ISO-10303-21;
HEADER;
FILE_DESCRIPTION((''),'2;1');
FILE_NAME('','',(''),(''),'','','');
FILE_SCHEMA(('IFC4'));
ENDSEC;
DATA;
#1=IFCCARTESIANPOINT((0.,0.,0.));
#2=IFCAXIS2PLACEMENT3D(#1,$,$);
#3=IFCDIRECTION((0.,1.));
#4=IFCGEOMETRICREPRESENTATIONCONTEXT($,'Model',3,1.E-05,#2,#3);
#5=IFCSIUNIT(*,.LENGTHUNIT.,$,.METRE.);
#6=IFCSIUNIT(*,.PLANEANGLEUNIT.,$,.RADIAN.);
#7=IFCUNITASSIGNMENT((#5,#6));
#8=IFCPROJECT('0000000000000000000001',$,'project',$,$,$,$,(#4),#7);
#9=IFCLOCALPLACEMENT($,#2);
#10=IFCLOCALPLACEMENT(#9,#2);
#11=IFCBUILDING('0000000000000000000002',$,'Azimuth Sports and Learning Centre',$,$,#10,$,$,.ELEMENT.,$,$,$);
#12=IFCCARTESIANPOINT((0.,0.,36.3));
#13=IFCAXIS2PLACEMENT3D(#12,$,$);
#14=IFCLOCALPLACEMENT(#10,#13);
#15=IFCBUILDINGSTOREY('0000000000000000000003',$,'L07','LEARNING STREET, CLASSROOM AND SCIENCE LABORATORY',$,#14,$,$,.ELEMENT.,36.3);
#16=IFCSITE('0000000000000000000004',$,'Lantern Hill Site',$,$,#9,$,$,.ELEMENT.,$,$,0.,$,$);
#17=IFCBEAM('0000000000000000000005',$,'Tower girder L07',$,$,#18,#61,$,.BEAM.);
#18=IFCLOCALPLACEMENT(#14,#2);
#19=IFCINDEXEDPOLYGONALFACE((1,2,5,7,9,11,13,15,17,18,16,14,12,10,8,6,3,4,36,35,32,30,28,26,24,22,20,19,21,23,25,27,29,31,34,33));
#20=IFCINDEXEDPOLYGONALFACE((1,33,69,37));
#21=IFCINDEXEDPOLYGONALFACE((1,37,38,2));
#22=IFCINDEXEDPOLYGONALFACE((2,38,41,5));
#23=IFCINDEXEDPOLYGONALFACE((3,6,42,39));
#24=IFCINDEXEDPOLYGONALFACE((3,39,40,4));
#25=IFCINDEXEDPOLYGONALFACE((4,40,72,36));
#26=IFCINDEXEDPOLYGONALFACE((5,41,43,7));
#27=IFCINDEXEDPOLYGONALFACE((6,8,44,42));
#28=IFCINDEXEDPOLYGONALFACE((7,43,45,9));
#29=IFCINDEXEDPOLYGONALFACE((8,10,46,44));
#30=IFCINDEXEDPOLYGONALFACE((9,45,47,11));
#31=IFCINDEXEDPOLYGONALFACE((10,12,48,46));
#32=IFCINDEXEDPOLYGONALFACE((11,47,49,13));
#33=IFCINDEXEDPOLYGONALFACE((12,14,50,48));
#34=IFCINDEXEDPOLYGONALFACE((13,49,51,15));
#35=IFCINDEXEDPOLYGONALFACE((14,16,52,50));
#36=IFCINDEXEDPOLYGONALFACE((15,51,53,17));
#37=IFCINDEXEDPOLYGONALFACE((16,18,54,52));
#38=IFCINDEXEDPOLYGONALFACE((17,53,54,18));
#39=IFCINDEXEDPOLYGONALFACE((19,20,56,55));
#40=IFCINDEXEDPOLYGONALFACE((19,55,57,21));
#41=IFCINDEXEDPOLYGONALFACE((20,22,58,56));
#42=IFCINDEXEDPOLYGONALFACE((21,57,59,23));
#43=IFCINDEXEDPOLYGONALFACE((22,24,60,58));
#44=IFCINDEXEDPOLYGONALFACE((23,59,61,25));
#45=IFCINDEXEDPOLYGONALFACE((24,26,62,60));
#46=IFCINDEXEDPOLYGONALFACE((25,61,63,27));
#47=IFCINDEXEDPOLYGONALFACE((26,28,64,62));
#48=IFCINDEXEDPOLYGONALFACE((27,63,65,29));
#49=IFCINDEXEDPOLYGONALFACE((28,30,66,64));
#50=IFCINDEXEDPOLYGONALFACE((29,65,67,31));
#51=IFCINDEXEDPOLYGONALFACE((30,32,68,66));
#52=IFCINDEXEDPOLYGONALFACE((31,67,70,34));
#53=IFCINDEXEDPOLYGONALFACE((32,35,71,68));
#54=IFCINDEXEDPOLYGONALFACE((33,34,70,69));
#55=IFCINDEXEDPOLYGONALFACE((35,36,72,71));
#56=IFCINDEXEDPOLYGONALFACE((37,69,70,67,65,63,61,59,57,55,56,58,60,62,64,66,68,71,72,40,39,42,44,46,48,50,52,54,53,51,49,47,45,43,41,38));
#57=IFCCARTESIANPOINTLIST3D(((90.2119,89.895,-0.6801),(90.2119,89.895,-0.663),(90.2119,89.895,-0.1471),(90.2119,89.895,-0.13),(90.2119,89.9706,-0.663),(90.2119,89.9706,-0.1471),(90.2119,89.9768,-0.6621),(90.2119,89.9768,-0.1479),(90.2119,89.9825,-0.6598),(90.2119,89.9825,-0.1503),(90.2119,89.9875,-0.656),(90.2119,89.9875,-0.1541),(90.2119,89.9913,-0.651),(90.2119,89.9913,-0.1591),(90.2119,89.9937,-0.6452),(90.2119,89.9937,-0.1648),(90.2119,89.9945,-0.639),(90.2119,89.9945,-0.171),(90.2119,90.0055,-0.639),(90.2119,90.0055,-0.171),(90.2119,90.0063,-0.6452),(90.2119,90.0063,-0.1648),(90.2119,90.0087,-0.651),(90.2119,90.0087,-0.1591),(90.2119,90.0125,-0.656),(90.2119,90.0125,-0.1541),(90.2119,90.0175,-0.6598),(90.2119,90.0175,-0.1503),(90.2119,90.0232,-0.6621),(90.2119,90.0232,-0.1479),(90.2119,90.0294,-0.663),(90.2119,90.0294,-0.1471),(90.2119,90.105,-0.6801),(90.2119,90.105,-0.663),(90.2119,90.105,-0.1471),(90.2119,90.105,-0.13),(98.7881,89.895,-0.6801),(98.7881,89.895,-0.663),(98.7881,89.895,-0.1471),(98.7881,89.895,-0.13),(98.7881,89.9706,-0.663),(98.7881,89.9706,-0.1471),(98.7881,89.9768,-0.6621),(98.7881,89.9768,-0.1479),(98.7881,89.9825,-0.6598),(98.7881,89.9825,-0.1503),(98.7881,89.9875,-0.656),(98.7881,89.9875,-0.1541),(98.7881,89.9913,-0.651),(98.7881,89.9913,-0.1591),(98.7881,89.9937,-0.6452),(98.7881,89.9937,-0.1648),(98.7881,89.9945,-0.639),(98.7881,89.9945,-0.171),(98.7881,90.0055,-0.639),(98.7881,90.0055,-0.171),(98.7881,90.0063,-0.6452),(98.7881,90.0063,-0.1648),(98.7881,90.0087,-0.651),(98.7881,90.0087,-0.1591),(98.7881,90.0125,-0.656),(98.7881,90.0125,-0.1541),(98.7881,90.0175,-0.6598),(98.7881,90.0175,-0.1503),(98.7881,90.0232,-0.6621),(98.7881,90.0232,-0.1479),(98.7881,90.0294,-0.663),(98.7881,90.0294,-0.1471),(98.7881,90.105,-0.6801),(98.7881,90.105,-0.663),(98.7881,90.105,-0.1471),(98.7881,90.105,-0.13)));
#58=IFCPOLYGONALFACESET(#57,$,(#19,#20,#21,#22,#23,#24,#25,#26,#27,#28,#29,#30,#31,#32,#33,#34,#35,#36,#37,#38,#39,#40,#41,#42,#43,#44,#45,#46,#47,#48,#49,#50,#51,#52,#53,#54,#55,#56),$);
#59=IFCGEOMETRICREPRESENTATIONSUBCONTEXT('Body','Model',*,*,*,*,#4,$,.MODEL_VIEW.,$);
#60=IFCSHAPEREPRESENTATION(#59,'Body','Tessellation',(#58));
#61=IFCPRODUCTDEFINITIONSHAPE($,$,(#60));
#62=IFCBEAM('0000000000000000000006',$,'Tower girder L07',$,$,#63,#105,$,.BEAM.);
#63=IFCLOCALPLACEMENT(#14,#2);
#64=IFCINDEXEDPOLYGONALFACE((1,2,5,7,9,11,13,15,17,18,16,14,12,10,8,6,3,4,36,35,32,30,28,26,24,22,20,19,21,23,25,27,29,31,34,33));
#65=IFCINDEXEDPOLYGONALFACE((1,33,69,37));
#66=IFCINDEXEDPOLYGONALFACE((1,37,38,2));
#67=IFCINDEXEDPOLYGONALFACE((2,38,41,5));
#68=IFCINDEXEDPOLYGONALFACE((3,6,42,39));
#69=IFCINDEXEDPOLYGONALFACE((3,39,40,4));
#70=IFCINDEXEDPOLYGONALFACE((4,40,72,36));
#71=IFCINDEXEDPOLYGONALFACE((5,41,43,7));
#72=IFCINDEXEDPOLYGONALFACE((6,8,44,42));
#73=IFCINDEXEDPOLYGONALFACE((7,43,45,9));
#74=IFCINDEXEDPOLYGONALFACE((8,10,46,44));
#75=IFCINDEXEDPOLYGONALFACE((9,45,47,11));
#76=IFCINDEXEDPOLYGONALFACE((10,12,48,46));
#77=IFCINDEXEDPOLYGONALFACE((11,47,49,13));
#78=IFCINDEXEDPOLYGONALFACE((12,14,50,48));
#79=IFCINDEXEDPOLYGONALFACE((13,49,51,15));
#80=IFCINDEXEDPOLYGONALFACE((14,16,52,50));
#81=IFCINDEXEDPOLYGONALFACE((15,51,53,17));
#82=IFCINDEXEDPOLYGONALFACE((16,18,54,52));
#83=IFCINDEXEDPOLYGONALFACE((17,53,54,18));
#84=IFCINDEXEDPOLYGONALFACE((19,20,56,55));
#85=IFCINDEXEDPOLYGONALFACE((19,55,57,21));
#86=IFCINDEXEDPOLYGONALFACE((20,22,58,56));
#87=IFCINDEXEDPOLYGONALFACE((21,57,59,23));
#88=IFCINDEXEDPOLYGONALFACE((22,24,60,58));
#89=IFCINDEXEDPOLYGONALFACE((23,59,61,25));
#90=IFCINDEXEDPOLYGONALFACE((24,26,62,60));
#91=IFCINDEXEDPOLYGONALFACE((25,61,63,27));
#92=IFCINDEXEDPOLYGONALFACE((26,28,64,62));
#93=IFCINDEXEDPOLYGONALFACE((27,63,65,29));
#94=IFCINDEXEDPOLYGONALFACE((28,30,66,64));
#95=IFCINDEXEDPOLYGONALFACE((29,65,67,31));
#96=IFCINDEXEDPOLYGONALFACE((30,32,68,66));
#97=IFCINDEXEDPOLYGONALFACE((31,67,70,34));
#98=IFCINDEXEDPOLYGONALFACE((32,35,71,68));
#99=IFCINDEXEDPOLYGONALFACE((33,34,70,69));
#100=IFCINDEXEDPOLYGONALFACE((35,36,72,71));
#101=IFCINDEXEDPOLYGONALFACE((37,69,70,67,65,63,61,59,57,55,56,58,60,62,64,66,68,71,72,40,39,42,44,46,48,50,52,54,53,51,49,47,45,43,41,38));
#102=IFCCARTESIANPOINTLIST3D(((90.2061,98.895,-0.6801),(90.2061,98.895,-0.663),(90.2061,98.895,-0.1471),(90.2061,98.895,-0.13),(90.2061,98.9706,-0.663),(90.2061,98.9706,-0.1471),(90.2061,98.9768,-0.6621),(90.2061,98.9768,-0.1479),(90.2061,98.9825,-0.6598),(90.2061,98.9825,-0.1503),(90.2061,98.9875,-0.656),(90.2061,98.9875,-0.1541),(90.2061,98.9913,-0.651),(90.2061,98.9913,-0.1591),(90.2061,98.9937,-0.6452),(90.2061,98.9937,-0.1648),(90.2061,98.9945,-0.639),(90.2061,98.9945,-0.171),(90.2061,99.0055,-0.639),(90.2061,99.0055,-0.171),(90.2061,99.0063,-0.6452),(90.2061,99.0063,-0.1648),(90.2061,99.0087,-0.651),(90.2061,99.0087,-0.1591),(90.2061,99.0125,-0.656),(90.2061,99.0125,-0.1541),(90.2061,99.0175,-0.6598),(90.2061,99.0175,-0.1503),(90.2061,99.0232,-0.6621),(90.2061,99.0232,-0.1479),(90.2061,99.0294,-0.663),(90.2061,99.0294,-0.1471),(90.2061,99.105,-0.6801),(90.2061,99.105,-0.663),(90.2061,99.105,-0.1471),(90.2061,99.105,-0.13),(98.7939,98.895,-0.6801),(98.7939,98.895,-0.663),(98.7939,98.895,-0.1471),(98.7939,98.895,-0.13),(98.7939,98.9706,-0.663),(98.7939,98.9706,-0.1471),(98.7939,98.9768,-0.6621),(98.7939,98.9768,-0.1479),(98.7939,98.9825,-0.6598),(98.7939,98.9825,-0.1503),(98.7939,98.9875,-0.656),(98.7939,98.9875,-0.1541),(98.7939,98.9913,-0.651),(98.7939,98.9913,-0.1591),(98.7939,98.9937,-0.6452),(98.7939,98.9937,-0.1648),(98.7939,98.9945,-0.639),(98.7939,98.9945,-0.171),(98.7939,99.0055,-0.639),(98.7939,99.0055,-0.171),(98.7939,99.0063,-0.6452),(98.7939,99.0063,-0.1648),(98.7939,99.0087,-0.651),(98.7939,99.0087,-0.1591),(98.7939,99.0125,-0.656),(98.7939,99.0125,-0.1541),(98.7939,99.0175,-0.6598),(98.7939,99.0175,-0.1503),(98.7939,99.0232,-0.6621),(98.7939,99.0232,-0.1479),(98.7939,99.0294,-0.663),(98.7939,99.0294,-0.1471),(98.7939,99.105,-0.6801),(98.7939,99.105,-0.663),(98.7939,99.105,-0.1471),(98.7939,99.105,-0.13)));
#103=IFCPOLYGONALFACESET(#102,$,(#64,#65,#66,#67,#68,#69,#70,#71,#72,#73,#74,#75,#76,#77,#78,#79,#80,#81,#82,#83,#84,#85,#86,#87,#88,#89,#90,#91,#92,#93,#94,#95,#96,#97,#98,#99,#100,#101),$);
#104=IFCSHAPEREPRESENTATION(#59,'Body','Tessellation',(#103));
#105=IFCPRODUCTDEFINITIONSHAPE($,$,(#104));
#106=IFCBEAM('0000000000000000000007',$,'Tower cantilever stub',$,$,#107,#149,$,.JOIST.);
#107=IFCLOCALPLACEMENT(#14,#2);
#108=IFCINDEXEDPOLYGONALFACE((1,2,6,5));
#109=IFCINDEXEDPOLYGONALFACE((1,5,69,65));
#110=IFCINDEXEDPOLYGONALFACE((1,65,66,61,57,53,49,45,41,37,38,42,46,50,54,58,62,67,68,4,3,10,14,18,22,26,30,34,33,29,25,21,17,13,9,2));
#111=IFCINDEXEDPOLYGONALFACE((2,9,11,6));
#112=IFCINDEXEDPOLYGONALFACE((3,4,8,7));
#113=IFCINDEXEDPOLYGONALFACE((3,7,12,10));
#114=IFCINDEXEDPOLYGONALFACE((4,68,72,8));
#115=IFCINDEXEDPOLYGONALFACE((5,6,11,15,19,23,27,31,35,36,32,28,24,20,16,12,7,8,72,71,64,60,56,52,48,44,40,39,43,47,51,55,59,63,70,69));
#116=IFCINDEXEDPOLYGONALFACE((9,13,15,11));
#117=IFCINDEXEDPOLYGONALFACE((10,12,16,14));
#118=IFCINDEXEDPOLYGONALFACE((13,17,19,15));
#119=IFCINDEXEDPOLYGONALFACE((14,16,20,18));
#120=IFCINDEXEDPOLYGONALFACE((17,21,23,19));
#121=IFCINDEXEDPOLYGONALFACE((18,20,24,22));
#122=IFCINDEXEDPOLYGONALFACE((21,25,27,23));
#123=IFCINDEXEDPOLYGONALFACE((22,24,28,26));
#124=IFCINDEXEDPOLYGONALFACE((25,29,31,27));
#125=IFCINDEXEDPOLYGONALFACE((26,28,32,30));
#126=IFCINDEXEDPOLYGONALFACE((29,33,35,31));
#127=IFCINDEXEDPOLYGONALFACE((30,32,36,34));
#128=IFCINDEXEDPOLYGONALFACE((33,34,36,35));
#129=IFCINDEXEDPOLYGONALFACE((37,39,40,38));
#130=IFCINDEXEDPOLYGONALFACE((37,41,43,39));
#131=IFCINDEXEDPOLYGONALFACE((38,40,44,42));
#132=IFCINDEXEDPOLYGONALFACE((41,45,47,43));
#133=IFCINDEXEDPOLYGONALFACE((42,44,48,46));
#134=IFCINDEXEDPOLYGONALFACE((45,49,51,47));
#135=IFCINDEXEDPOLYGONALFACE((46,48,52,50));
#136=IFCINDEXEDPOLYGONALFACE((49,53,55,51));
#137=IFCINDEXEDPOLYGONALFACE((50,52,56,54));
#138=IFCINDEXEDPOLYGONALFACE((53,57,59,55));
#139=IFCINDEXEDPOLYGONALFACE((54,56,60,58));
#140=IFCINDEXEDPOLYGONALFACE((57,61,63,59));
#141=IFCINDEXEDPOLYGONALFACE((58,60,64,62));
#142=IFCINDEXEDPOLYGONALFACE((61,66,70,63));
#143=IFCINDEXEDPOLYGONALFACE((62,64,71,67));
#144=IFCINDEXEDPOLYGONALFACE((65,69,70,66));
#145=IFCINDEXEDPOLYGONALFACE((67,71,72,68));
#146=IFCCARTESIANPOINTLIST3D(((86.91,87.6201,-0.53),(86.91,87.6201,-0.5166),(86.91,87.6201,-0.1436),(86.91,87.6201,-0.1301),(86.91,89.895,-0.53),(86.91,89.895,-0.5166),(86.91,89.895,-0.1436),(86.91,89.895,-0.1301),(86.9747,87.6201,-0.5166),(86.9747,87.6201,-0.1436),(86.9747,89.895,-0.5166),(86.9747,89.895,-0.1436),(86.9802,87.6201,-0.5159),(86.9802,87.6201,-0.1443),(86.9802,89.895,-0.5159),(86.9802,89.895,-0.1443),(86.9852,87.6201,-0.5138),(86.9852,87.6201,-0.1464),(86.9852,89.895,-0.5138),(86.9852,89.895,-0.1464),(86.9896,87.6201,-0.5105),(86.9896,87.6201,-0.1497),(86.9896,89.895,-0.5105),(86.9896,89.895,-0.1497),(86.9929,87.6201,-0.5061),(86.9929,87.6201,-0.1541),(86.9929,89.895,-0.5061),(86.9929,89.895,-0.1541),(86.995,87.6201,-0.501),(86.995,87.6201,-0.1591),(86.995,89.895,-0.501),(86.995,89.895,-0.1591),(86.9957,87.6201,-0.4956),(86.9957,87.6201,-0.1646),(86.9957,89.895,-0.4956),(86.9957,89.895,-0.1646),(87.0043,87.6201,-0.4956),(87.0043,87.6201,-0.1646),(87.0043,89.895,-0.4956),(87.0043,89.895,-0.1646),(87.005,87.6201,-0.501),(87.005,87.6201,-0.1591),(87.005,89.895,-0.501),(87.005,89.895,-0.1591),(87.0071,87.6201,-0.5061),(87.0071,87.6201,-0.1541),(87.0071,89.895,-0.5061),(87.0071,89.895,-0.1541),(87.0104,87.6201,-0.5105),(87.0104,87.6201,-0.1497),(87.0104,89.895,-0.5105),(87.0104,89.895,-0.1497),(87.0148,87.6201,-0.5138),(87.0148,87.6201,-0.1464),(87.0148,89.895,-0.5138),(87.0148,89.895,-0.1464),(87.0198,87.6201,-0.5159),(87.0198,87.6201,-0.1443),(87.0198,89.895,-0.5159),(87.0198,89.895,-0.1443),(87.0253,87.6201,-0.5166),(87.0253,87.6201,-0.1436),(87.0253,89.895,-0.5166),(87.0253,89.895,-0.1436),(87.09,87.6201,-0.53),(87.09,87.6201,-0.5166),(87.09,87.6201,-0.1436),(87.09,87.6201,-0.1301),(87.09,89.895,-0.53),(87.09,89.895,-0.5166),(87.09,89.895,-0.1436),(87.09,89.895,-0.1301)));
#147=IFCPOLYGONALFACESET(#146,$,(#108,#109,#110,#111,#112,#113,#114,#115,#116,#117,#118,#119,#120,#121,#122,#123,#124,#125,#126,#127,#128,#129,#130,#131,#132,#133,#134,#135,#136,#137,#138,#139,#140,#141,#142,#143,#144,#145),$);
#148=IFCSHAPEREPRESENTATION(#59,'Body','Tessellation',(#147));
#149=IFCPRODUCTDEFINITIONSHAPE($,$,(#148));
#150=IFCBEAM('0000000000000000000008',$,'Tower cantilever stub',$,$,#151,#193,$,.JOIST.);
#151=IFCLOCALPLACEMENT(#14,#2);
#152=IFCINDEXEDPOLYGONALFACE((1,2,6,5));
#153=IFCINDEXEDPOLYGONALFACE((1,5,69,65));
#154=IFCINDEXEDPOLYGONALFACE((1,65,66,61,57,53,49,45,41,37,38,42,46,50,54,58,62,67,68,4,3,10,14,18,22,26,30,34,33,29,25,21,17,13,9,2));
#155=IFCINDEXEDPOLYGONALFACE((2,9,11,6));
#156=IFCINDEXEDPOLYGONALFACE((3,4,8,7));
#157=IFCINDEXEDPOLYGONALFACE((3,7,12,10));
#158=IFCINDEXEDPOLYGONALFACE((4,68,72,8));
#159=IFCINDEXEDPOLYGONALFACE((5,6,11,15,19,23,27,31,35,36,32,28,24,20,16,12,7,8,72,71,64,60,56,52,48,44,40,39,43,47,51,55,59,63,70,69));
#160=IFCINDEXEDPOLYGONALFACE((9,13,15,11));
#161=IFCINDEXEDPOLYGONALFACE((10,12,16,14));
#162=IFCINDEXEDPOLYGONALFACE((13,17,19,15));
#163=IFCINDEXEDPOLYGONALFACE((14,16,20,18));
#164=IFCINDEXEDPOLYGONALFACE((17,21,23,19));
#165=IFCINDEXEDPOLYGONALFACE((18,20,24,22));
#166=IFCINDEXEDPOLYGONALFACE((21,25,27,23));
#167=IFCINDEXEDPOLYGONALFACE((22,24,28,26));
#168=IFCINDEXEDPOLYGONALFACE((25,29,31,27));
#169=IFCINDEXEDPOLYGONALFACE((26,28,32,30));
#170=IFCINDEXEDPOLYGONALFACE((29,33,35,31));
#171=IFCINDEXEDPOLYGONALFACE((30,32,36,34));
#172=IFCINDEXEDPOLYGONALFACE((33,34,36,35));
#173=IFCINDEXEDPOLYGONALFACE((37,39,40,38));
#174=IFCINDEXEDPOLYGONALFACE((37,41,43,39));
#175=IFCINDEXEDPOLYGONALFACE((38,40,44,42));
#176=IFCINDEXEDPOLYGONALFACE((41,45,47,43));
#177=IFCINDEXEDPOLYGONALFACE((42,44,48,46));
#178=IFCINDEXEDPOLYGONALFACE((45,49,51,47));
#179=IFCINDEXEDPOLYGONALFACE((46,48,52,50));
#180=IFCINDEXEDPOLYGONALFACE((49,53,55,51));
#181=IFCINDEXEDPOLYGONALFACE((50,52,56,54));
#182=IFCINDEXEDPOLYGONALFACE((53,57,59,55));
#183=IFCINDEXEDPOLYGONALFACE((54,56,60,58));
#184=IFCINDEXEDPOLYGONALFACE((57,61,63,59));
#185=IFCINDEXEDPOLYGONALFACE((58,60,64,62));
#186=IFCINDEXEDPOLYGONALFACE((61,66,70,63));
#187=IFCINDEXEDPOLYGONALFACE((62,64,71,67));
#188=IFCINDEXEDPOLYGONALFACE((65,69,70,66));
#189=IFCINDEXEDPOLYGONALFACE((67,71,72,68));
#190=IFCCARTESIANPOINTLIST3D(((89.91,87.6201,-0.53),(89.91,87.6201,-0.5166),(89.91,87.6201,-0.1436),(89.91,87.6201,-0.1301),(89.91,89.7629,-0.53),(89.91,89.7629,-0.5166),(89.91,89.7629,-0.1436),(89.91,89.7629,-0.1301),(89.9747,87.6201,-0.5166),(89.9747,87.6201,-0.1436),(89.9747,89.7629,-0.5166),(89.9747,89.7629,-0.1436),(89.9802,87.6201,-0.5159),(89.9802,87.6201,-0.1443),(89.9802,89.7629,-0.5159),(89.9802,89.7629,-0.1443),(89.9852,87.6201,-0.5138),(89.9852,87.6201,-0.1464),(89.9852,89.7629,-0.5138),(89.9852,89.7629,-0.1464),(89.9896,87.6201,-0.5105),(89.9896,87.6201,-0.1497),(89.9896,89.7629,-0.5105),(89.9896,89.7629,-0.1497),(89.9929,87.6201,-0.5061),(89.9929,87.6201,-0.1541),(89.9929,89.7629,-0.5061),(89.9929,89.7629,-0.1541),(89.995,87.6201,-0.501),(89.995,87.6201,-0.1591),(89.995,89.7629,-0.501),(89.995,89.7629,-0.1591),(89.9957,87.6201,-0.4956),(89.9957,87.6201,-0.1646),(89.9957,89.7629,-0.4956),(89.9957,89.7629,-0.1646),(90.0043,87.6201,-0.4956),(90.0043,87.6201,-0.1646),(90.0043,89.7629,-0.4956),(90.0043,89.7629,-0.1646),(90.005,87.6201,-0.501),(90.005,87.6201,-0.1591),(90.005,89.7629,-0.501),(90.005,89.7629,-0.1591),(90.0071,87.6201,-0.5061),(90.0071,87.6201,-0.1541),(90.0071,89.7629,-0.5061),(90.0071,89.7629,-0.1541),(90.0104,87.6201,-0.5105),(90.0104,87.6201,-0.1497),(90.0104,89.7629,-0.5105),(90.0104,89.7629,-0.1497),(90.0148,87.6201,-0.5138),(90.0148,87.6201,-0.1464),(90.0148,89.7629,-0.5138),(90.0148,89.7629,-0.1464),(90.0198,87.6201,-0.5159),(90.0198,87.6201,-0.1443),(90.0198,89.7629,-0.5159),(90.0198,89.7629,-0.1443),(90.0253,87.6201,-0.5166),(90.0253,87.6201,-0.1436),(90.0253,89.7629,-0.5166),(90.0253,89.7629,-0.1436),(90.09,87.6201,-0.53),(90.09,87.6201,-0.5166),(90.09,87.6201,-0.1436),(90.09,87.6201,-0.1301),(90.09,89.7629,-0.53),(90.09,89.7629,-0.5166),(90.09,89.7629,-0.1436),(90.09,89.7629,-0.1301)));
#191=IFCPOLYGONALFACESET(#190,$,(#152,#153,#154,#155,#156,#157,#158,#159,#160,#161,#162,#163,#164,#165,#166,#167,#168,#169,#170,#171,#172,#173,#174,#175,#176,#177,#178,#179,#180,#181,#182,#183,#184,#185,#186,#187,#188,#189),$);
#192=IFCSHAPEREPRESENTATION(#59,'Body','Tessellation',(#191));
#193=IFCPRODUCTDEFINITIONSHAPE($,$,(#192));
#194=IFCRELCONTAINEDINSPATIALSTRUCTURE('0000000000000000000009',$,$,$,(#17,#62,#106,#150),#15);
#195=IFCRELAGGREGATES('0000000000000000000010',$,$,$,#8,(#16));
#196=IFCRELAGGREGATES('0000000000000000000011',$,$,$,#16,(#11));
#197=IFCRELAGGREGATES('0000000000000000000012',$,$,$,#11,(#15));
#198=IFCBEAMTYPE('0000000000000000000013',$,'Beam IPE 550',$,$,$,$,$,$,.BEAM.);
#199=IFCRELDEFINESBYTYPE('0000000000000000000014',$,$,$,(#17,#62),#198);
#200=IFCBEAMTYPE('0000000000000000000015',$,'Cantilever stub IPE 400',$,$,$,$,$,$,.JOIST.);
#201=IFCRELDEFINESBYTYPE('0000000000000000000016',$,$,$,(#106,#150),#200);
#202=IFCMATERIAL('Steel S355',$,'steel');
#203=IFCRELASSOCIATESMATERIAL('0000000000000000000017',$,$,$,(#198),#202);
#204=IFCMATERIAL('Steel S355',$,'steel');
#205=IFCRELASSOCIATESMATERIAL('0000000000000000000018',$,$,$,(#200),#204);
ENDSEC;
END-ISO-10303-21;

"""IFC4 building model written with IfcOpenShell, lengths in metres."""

from ifc_helpers import new_model, si_unit, direction, frame, origin, origin_2d, place, context, subcontext, project, spatial, i_section, extrude, material, material_profile, profile_set, type_object, element, save


model = new_model("IFC4")

# Units and contexts
model_context = context("Model", 3, precision=1e-05, world=origin(), true_north=direction((0.0, 1.0)))
body_context = subcontext(model_context, "Body", "Model", "MODEL_VIEW")
ifc_project = project(units=[si_unit("LENGTHUNIT", "METRE"), si_unit("PLANEANGLEUNIT", "RADIAN")], contexts=[model_context])

# Site, building, storey
site_placement = place(None, origin())
site = spatial("IfcSite", under=ifc_project, at=site_placement, Name="Lantern Hill Site", CompositionType="ELEMENT", RefElevation=0.0)
building_placement = place(site_placement, origin())
building = spatial("IfcBuilding", under=site, at=building_placement, Name="Azimuth Sports and Learning Centre", CompositionType="ELEMENT")
storey_placement = place(building_placement, frame((0.0, 0.0, 36.3)))
storey = spatial("IfcBuildingStorey", under=building, at=storey_placement, Name="L07", Description="LEARNING STREET, CLASSROOM AND SCIENCE LABORATORY", CompositionType="ELEMENT", Elevation=36.3)

# Beams
ifc_material_1 = material(Name="Steel S355", Category="steel")
ifc_material_profile_1 = material_profile(ifc_material_1, i_section(OverallWidth=0.21, OverallDepth=0.55, WebThickness=0.011, FlangeThickness=0.0171, FilletRadius=0.0239, at=origin_2d()), Name="IPE 550")
ifc_profile_set_1 = profile_set([ifc_material_profile_1], Name="Steel S355")
beam_type_1 = type_object("IfcBeamType", Name="Beam IPE 550", PredefinedType="BEAM", material=ifc_profile_set_1)
beam_1_placement = place(storey_placement, frame((90.2119, 90.0, -0.405), z_axis=(1.0, 0.0, 0.0), x_axis=(0.0, 1.0, 0.0)))
element("IfcBeam", 1, at=beam_1_placement, inside=storey, type_object=beam_type_1, Name="Tower girder L07", PredefinedType="BEAM", context=body_context, shape_type="SweptSolid", body=[
    extrude(i_section(OverallWidth=0.21, OverallDepth=0.55, WebThickness=0.011, FlangeThickness=0.0171, FilletRadius=0.0239, at=origin_2d()), origin(), (0.0, 0.0, 1.0), 8.5762),
])
beam_2_placement = place(storey_placement, frame((90.2061, 99.0, -0.405), z_axis=(1.0, 0.0, 0.0), x_axis=(0.0, 1.0, 0.0)))
element("IfcBeam", 2, at=beam_2_placement, inside=storey, type_object=beam_type_1, Name="Tower girder L07", PredefinedType="BEAM", context=body_context, shape_type="SweptSolid", body=[
    extrude(i_section(OverallWidth=0.21, OverallDepth=0.55, WebThickness=0.011, FlangeThickness=0.0171, FilletRadius=0.0239, at=origin_2d()), origin(), (0.0, 0.0, 1.0), 8.5879),
])
ifc_material_2 = material(Name="Steel S355", Category="steel")
ifc_material_profile_2 = material_profile(ifc_material_2, i_section(OverallWidth=0.1799, OverallDepth=0.3999, WebThickness=0.0085, FlangeThickness=0.0134, FilletRadius=0.021, at=origin_2d()), Name="IPE 400")
ifc_profile_set_2 = profile_set([ifc_material_profile_2], Name="Steel S355")
beam_type_2 = type_object("IfcBeamType", Name="Cantilever stub IPE 400", PredefinedType="JOIST", material=ifc_profile_set_2)
beam_3_placement = place(storey_placement, frame((87.0, 89.895, -0.3301), z_axis=(0.0, -1.0, 0.0), x_axis=(1.0, 0.0, 0.0)))
element("IfcBeam", 3, at=beam_3_placement, inside=storey, type_object=beam_type_2, Name="Tower cantilever stub", PredefinedType="JOIST", context=body_context, shape_type="SweptSolid", body=[
    extrude(i_section(OverallWidth=0.1799, OverallDepth=0.3999, WebThickness=0.0085, FlangeThickness=0.0134, FilletRadius=0.021, at=origin_2d()), origin(), (0.0, 0.0, 1.0), 2.2749),
])
beam_4_placement = place(storey_placement, frame((90.0, 89.7629, -0.3301), z_axis=(0.0, -1.0, 0.0), x_axis=(1.0, 0.0, 0.0)))
element("IfcBeam", 4, at=beam_4_placement, inside=storey, type_object=beam_type_2, Name="Tower cantilever stub", PredefinedType="JOIST", context=body_context, shape_type="SweptSolid", body=[
    extrude(i_section(OverallWidth=0.1799, OverallDepth=0.3999, WebThickness=0.0085, FlangeThickness=0.0134, FilletRadius=0.021, at=origin_2d()), origin(), (0.0, 0.0, 1.0), 2.1428),
])

save(model, "model.ifc")
